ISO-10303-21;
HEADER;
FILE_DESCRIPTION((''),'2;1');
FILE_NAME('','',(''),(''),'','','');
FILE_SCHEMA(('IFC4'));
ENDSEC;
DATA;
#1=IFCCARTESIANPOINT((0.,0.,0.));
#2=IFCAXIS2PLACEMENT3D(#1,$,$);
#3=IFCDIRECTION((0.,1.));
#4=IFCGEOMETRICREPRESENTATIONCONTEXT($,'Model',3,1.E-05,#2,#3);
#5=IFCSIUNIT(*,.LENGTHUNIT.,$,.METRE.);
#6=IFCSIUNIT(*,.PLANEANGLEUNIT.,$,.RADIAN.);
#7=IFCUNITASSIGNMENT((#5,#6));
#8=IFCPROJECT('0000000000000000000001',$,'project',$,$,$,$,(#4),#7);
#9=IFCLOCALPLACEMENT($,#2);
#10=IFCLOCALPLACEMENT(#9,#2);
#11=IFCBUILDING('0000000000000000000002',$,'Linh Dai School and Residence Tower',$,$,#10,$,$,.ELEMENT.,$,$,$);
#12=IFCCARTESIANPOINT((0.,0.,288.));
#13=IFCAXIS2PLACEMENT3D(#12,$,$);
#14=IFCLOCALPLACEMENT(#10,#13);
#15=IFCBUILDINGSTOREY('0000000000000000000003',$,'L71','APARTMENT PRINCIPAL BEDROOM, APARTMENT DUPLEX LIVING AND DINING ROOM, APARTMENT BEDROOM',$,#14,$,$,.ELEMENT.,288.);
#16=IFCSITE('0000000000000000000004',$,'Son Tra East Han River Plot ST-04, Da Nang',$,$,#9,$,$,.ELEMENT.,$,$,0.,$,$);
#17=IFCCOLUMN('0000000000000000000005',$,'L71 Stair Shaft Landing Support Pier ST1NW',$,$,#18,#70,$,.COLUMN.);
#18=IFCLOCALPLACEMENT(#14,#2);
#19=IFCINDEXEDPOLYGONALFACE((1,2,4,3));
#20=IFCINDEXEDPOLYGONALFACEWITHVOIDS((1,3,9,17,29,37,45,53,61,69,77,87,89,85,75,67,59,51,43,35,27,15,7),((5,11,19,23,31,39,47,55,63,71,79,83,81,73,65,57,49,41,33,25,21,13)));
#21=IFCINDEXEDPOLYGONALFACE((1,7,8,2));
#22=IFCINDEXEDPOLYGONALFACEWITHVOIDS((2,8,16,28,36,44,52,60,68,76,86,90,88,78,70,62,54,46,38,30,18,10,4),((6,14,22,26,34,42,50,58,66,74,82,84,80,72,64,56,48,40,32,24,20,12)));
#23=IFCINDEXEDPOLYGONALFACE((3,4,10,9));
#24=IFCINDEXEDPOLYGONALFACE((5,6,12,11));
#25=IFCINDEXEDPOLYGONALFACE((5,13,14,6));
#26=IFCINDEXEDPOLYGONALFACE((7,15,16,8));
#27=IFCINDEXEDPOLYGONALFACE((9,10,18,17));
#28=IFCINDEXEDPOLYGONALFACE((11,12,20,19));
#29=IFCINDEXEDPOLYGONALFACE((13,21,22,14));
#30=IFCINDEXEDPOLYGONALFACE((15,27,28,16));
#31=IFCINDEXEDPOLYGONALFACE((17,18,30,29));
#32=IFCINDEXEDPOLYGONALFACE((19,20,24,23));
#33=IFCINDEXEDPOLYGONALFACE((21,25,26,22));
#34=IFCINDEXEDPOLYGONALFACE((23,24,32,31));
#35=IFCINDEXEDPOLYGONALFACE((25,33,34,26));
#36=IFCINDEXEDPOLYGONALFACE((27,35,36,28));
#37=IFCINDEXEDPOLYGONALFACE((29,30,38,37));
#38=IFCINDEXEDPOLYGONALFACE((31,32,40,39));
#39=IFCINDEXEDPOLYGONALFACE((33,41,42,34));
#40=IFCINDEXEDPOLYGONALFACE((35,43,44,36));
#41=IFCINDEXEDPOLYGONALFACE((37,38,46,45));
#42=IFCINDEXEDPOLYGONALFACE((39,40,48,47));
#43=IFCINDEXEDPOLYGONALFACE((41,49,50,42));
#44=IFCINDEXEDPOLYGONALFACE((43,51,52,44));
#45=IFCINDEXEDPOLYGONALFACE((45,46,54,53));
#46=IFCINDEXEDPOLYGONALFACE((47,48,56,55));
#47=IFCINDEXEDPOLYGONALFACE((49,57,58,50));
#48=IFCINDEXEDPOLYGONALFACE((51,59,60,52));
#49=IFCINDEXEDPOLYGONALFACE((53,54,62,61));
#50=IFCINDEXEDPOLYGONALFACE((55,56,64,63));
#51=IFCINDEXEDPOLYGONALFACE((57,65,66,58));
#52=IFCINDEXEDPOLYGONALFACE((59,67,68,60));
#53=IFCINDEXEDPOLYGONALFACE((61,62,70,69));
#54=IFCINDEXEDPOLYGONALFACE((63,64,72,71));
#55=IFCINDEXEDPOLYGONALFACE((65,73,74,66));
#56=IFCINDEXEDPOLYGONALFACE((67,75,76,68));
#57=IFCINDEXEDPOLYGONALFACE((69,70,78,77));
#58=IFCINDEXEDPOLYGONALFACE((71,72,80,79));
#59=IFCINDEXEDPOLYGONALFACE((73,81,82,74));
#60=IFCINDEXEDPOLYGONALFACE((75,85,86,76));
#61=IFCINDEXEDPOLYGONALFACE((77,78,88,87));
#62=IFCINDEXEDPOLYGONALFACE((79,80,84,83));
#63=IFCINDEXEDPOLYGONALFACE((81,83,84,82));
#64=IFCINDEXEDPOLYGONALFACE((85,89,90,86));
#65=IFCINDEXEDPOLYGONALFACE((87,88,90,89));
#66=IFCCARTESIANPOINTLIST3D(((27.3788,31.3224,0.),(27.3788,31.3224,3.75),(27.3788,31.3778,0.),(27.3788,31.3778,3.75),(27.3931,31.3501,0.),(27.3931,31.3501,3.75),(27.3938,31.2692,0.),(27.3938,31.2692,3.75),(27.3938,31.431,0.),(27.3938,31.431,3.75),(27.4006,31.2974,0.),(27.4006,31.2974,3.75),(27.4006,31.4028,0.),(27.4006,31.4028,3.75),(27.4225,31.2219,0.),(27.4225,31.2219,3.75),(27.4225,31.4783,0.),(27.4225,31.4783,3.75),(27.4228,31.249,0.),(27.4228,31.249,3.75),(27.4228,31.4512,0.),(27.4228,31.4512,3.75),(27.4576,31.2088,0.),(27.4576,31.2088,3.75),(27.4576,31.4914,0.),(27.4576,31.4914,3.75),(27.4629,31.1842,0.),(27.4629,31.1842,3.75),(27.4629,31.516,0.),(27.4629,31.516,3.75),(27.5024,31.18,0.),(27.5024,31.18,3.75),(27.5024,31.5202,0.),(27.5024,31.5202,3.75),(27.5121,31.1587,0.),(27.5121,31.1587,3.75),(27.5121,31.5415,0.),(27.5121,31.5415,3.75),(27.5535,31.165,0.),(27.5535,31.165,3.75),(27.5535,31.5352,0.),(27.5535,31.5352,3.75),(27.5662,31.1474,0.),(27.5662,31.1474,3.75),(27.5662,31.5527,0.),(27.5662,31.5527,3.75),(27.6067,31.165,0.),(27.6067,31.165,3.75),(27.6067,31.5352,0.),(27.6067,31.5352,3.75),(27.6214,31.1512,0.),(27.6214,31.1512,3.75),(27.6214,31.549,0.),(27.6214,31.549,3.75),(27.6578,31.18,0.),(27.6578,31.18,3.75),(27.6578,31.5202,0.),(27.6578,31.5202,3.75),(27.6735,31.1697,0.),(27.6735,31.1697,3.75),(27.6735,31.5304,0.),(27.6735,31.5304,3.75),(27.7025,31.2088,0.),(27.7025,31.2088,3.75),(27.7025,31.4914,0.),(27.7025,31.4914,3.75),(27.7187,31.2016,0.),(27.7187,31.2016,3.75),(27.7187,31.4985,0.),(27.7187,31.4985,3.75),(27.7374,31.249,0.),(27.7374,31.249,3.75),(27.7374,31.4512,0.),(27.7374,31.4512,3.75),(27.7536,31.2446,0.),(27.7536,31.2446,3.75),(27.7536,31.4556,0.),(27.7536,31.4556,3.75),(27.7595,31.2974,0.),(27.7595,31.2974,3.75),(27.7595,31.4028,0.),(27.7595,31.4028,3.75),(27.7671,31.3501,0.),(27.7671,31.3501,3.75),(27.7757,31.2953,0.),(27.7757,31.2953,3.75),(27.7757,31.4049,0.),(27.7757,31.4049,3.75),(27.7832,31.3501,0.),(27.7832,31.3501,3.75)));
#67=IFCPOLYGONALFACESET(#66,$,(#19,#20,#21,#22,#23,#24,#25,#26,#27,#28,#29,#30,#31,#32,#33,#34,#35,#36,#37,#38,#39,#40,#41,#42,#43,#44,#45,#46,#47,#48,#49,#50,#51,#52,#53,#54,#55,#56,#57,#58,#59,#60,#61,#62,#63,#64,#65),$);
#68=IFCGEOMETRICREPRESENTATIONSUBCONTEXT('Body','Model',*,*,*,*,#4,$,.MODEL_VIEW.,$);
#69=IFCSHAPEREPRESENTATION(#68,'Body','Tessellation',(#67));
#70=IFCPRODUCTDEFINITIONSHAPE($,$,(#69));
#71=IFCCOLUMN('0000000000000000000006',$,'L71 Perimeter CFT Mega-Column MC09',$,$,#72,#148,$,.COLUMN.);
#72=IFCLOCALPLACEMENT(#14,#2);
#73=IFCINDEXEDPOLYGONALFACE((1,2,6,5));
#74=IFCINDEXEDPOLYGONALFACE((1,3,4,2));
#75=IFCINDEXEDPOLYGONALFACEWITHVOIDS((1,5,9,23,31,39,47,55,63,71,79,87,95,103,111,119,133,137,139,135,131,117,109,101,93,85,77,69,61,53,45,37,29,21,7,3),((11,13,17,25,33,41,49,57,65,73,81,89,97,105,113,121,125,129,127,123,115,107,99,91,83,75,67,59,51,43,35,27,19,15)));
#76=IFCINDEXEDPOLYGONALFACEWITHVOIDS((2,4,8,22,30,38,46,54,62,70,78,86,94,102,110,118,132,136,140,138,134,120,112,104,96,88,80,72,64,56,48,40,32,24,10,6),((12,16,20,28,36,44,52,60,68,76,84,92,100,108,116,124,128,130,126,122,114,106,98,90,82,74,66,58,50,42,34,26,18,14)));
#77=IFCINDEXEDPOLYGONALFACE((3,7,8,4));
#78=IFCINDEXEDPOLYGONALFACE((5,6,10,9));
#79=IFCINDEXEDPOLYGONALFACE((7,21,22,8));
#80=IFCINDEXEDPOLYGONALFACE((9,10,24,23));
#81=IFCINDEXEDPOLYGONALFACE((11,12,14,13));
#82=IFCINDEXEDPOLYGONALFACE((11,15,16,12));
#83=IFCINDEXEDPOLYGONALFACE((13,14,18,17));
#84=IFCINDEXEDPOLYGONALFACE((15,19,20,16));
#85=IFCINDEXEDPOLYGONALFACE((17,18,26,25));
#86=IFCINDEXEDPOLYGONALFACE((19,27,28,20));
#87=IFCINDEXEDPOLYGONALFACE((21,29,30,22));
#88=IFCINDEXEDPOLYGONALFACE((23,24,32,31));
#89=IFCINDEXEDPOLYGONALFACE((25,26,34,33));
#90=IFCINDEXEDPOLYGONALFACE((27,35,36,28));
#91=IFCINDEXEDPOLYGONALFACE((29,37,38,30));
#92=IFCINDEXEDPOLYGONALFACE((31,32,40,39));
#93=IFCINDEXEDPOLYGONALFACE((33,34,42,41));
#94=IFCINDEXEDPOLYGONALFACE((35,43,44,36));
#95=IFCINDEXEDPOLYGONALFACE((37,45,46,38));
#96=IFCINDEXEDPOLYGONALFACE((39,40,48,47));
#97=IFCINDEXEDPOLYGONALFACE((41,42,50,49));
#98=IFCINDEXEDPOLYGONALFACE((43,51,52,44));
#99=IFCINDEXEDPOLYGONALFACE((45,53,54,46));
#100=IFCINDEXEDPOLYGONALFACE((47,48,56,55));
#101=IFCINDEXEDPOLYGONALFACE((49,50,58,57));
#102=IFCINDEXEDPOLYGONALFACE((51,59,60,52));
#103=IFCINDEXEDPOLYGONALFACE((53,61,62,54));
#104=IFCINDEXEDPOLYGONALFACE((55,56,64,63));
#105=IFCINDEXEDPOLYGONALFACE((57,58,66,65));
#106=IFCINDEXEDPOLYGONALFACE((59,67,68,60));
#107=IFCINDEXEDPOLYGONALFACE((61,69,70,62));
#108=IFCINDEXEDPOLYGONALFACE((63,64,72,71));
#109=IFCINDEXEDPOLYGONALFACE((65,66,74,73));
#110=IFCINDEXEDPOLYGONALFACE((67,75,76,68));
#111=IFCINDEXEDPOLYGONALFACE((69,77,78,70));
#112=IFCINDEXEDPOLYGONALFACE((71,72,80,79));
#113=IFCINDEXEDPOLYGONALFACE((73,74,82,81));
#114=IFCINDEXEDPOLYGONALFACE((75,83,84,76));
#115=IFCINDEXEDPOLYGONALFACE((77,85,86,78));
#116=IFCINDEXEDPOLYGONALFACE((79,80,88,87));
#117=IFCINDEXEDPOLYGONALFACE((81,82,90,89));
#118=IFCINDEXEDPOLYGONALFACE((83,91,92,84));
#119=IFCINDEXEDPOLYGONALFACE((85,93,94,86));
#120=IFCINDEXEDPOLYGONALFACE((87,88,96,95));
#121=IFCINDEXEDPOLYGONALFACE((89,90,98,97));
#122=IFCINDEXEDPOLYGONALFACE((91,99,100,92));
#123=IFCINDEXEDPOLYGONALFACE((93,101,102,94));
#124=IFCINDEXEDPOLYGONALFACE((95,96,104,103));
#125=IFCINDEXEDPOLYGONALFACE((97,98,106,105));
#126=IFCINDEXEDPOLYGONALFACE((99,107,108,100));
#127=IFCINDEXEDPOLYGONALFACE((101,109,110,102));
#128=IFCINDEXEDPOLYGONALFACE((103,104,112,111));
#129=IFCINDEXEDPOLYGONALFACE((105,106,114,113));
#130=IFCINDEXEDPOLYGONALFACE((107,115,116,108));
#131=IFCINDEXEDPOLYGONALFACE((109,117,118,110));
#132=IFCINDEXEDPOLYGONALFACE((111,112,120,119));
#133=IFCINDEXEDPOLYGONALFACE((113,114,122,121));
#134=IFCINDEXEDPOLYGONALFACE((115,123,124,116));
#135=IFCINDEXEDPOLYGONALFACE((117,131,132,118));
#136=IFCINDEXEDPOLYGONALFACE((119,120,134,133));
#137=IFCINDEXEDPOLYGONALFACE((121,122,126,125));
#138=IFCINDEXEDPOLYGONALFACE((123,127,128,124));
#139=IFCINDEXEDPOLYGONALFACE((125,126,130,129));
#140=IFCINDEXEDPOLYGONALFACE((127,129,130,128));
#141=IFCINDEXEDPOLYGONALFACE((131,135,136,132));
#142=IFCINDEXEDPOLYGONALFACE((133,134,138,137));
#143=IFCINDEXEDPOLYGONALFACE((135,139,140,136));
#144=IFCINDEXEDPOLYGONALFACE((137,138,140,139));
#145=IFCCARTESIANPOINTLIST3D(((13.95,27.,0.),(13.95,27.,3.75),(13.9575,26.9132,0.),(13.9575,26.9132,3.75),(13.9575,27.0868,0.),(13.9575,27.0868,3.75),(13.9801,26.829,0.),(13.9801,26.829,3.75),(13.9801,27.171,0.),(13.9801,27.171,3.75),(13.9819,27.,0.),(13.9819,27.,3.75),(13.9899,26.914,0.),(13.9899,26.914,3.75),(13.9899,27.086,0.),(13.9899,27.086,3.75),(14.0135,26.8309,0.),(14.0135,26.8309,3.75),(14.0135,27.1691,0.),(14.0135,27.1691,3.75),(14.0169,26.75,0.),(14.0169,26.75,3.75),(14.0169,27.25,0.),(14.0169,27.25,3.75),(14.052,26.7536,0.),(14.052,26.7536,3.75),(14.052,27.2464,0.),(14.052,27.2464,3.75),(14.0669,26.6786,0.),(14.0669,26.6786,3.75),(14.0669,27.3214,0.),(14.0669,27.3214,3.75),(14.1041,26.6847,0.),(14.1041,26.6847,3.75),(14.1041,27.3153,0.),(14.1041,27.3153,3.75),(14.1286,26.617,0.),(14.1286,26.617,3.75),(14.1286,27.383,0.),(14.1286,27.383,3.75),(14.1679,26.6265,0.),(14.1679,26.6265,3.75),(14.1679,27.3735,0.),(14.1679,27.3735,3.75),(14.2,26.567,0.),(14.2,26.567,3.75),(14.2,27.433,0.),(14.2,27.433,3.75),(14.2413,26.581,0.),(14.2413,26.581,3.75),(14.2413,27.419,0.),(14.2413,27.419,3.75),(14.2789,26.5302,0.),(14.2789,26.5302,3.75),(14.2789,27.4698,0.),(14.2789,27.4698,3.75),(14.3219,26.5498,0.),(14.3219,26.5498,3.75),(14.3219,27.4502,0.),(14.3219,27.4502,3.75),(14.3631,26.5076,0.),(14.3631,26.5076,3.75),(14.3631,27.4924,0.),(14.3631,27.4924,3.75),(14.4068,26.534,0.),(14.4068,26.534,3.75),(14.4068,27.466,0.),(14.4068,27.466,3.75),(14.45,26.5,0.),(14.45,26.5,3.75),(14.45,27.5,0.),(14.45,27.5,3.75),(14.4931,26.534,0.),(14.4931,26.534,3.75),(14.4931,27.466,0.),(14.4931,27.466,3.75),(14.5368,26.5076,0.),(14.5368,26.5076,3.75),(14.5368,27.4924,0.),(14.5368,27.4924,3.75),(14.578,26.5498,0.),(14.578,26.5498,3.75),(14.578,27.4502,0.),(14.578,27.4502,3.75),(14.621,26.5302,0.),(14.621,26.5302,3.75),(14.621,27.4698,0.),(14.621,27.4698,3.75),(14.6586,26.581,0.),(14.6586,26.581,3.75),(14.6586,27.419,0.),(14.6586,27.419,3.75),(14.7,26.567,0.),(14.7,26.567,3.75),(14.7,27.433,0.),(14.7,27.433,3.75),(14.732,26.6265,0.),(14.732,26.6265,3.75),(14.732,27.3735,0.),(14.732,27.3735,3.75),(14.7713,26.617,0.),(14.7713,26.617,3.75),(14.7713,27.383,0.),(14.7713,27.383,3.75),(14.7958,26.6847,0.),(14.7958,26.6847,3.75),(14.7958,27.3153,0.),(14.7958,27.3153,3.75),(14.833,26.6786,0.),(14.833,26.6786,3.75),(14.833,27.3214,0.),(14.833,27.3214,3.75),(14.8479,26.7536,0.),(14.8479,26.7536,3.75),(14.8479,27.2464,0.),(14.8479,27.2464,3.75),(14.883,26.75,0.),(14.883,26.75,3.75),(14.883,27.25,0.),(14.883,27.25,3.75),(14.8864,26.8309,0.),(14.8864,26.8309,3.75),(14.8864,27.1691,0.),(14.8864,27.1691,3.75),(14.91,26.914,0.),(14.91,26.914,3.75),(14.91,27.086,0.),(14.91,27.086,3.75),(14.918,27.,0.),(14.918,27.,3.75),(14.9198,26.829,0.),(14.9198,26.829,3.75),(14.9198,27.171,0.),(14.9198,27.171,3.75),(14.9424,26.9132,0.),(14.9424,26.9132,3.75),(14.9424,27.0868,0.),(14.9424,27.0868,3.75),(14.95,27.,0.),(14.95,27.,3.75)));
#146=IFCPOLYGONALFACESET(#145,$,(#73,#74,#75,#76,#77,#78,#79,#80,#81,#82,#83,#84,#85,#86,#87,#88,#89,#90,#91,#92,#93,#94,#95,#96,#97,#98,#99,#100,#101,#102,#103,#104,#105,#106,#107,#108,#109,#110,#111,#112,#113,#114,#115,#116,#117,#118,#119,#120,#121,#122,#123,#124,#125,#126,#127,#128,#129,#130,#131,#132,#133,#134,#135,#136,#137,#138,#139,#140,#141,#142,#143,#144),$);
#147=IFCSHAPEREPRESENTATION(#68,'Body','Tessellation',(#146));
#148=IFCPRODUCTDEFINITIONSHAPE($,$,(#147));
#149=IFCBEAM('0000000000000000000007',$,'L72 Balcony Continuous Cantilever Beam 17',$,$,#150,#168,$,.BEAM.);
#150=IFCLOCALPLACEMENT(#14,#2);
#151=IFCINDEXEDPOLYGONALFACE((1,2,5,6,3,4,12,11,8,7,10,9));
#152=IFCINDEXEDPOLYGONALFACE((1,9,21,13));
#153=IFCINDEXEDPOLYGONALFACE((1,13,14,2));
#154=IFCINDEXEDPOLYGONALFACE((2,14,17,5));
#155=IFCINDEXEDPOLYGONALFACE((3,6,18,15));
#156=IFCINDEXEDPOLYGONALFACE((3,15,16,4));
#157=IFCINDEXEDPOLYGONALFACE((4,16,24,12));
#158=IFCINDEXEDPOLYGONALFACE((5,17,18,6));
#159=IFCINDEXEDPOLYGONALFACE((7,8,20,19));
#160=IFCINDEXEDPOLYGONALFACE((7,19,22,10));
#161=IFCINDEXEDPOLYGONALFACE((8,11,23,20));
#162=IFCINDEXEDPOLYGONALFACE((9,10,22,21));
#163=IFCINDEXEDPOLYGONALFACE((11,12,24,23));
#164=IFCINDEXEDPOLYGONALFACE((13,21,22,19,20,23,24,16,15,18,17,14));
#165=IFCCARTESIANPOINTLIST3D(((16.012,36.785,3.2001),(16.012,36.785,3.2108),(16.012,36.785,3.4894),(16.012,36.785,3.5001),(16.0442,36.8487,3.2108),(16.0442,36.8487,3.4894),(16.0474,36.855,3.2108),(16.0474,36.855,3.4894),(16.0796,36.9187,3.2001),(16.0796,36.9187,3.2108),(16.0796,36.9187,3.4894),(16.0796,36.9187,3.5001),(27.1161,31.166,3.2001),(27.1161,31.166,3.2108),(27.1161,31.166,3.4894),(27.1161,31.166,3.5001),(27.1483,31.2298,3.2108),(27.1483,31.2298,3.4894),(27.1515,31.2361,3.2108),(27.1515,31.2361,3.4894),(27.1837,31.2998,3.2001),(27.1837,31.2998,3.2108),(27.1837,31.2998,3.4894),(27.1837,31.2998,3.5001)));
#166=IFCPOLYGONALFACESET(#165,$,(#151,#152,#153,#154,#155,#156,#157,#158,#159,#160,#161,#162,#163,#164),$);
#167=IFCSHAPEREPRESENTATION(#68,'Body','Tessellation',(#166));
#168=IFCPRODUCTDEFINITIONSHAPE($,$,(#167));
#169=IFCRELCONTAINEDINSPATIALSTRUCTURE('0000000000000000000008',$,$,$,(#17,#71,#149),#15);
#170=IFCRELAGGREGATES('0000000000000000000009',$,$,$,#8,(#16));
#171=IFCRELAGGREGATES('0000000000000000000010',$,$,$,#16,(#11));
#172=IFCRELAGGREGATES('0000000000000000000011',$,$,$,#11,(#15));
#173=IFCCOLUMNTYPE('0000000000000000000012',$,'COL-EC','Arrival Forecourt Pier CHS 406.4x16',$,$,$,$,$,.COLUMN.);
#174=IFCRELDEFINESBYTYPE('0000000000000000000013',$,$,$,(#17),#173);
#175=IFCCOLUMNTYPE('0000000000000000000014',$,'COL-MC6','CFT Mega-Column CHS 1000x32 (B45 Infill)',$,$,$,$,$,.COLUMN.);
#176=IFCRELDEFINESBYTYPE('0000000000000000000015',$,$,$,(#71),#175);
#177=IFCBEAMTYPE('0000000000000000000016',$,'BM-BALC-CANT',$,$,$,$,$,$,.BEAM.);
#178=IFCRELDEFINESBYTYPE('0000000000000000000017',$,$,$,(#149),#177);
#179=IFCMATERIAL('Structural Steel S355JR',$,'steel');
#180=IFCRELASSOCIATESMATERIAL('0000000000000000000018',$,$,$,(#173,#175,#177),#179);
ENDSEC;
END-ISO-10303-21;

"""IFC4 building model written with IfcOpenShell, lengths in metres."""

from ifc_helpers import new_model, si_unit, direction, frame, origin, origin_2d, place, context, subcontext, project, spatial, hollow_circle, i_section, extrude, material, material_profile, profile_set, type_object, element, save


model = new_model("IFC4")

# Units and contexts
model_context = context("Model", 3, precision=1e-05, world=origin(), true_north=direction((0.0, 1.0)))
body_context = subcontext(model_context, "Body", "Model", "MODEL_VIEW")
ifc_project = project(units=[si_unit("LENGTHUNIT", "METRE"), si_unit("PLANEANGLEUNIT", "RADIAN")], contexts=[model_context])

# Site, building, storey
site_placement = place(None, origin())
site = spatial("IfcSite", under=ifc_project, at=site_placement, Name="Son Tra East Han River Plot ST-04, Da Nang", CompositionType="ELEMENT", RefElevation=0.0)
building_placement = place(site_placement, origin())
building = spatial("IfcBuilding", under=site, at=building_placement, Name="Linh Dai School and Residence Tower", CompositionType="ELEMENT")
storey_placement = place(building_placement, frame((0.0, 0.0, 288.0)))
storey = spatial("IfcBuildingStorey", under=building, at=storey_placement, Name="L71", Description="APARTMENT PRINCIPAL BEDROOM, APARTMENT DUPLEX LIVING AND DINING ROOM, APARTMENT BEDROOM", CompositionType="ELEMENT", Elevation=288.0)

# Columns
ifc_material_1 = material(Name="Structural Steel S355JR", Category="steel")
ifc_material_profile_1 = material_profile(ifc_material_1, hollow_circle(Radius=0.2031, WallThickness=0.0161, at=origin_2d()), Name="CHS 406.4x16")
ifc_profile_set_1 = profile_set([ifc_material_profile_1], Name="Structural Steel S355JR")
column_type_1 = type_object("IfcColumnType", Name="COL-EC", Description="Arrival Forecourt Pier CHS 406.4x16", PredefinedType="COLUMN", material=ifc_profile_set_1)
column_1_placement = place(storey_placement, frame((27.5801, 31.3501, 0.0), z_axis=(0.0, 0.0, 1.0), x_axis=(1.0, 0.0, 0.0)))
element("IfcColumn", 1, at=column_1_placement, inside=storey, type_object=column_type_1, Name="L71 Stair Shaft Landing Support Pier ST1NW", PredefinedType="COLUMN", context=body_context, shape_type="SweptSolid", body=[
    extrude(hollow_circle(Radius=0.2031, WallThickness=0.0161, at=origin_2d()), origin(), (0.0, 0.0, 1.0), 3.75),
])
ifc_material_profile_2 = material_profile(ifc_material_1, hollow_circle(Radius=0.5, WallThickness=0.032, at=origin_2d()), Name="CHS 1000x32")
ifc_profile_set_2 = profile_set([ifc_material_profile_2], Name="Structural Steel S355JR")
column_type_2 = type_object("IfcColumnType", Name="COL-MC6", Description="CFT Mega-Column CHS 1000x32 (B45 Infill)", PredefinedType="COLUMN", material=ifc_profile_set_2)
column_2_placement = place(storey_placement, frame((14.45, 27.0, 0.0), z_axis=(0.0, 0.0, 1.0), x_axis=(1.0, 0.0, 0.0)))
element("IfcColumn", 2, at=column_2_placement, inside=storey, type_object=column_type_2, Name="L71 Perimeter CFT Mega-Column MC09", PredefinedType="COLUMN", context=body_context, shape_type="SweptSolid", body=[
    extrude(hollow_circle(Radius=0.5, WallThickness=0.032, at=origin_2d()), origin(), (0.0, 0.0, 1.0), 3.75),
])

# Beam
ifc_material_profile_3 = material_profile(ifc_material_1, i_section(OverallWidth=0.1499, OverallDepth=0.3, WebThickness=0.0071, FlangeThickness=0.0107, at=origin_2d()), Name="IPE 300")
ifc_profile_set_3 = profile_set([ifc_material_profile_3], Name="Structural Steel S355JR")
beam_type_1 = type_object("IfcBeamType", Name="BM-BALC-CANT", PredefinedType="BEAM", material=ifc_profile_set_3)
beam_1_placement = place(storey_placement, frame((27.1499, 31.2329, 3.3501), z_axis=(-0.892267, 0.451509, 0.0), x_axis=(-0.451509, -0.892267, 0.0)))
element("IfcBeam", 3, at=beam_1_placement, inside=storey, type_object=beam_type_1, Name="L72 Balcony Continuous Cantilever Beam 17", PredefinedType="BEAM", context=body_context, shape_type="SweptSolid", body=[
    extrude(i_section(OverallWidth=0.1499, OverallDepth=0.3, WebThickness=0.0071, FlangeThickness=0.0107, at=origin_2d()), origin(), (0.0, 0.0, 1.0), 12.4448),
])

save(model, "model.ifc")
